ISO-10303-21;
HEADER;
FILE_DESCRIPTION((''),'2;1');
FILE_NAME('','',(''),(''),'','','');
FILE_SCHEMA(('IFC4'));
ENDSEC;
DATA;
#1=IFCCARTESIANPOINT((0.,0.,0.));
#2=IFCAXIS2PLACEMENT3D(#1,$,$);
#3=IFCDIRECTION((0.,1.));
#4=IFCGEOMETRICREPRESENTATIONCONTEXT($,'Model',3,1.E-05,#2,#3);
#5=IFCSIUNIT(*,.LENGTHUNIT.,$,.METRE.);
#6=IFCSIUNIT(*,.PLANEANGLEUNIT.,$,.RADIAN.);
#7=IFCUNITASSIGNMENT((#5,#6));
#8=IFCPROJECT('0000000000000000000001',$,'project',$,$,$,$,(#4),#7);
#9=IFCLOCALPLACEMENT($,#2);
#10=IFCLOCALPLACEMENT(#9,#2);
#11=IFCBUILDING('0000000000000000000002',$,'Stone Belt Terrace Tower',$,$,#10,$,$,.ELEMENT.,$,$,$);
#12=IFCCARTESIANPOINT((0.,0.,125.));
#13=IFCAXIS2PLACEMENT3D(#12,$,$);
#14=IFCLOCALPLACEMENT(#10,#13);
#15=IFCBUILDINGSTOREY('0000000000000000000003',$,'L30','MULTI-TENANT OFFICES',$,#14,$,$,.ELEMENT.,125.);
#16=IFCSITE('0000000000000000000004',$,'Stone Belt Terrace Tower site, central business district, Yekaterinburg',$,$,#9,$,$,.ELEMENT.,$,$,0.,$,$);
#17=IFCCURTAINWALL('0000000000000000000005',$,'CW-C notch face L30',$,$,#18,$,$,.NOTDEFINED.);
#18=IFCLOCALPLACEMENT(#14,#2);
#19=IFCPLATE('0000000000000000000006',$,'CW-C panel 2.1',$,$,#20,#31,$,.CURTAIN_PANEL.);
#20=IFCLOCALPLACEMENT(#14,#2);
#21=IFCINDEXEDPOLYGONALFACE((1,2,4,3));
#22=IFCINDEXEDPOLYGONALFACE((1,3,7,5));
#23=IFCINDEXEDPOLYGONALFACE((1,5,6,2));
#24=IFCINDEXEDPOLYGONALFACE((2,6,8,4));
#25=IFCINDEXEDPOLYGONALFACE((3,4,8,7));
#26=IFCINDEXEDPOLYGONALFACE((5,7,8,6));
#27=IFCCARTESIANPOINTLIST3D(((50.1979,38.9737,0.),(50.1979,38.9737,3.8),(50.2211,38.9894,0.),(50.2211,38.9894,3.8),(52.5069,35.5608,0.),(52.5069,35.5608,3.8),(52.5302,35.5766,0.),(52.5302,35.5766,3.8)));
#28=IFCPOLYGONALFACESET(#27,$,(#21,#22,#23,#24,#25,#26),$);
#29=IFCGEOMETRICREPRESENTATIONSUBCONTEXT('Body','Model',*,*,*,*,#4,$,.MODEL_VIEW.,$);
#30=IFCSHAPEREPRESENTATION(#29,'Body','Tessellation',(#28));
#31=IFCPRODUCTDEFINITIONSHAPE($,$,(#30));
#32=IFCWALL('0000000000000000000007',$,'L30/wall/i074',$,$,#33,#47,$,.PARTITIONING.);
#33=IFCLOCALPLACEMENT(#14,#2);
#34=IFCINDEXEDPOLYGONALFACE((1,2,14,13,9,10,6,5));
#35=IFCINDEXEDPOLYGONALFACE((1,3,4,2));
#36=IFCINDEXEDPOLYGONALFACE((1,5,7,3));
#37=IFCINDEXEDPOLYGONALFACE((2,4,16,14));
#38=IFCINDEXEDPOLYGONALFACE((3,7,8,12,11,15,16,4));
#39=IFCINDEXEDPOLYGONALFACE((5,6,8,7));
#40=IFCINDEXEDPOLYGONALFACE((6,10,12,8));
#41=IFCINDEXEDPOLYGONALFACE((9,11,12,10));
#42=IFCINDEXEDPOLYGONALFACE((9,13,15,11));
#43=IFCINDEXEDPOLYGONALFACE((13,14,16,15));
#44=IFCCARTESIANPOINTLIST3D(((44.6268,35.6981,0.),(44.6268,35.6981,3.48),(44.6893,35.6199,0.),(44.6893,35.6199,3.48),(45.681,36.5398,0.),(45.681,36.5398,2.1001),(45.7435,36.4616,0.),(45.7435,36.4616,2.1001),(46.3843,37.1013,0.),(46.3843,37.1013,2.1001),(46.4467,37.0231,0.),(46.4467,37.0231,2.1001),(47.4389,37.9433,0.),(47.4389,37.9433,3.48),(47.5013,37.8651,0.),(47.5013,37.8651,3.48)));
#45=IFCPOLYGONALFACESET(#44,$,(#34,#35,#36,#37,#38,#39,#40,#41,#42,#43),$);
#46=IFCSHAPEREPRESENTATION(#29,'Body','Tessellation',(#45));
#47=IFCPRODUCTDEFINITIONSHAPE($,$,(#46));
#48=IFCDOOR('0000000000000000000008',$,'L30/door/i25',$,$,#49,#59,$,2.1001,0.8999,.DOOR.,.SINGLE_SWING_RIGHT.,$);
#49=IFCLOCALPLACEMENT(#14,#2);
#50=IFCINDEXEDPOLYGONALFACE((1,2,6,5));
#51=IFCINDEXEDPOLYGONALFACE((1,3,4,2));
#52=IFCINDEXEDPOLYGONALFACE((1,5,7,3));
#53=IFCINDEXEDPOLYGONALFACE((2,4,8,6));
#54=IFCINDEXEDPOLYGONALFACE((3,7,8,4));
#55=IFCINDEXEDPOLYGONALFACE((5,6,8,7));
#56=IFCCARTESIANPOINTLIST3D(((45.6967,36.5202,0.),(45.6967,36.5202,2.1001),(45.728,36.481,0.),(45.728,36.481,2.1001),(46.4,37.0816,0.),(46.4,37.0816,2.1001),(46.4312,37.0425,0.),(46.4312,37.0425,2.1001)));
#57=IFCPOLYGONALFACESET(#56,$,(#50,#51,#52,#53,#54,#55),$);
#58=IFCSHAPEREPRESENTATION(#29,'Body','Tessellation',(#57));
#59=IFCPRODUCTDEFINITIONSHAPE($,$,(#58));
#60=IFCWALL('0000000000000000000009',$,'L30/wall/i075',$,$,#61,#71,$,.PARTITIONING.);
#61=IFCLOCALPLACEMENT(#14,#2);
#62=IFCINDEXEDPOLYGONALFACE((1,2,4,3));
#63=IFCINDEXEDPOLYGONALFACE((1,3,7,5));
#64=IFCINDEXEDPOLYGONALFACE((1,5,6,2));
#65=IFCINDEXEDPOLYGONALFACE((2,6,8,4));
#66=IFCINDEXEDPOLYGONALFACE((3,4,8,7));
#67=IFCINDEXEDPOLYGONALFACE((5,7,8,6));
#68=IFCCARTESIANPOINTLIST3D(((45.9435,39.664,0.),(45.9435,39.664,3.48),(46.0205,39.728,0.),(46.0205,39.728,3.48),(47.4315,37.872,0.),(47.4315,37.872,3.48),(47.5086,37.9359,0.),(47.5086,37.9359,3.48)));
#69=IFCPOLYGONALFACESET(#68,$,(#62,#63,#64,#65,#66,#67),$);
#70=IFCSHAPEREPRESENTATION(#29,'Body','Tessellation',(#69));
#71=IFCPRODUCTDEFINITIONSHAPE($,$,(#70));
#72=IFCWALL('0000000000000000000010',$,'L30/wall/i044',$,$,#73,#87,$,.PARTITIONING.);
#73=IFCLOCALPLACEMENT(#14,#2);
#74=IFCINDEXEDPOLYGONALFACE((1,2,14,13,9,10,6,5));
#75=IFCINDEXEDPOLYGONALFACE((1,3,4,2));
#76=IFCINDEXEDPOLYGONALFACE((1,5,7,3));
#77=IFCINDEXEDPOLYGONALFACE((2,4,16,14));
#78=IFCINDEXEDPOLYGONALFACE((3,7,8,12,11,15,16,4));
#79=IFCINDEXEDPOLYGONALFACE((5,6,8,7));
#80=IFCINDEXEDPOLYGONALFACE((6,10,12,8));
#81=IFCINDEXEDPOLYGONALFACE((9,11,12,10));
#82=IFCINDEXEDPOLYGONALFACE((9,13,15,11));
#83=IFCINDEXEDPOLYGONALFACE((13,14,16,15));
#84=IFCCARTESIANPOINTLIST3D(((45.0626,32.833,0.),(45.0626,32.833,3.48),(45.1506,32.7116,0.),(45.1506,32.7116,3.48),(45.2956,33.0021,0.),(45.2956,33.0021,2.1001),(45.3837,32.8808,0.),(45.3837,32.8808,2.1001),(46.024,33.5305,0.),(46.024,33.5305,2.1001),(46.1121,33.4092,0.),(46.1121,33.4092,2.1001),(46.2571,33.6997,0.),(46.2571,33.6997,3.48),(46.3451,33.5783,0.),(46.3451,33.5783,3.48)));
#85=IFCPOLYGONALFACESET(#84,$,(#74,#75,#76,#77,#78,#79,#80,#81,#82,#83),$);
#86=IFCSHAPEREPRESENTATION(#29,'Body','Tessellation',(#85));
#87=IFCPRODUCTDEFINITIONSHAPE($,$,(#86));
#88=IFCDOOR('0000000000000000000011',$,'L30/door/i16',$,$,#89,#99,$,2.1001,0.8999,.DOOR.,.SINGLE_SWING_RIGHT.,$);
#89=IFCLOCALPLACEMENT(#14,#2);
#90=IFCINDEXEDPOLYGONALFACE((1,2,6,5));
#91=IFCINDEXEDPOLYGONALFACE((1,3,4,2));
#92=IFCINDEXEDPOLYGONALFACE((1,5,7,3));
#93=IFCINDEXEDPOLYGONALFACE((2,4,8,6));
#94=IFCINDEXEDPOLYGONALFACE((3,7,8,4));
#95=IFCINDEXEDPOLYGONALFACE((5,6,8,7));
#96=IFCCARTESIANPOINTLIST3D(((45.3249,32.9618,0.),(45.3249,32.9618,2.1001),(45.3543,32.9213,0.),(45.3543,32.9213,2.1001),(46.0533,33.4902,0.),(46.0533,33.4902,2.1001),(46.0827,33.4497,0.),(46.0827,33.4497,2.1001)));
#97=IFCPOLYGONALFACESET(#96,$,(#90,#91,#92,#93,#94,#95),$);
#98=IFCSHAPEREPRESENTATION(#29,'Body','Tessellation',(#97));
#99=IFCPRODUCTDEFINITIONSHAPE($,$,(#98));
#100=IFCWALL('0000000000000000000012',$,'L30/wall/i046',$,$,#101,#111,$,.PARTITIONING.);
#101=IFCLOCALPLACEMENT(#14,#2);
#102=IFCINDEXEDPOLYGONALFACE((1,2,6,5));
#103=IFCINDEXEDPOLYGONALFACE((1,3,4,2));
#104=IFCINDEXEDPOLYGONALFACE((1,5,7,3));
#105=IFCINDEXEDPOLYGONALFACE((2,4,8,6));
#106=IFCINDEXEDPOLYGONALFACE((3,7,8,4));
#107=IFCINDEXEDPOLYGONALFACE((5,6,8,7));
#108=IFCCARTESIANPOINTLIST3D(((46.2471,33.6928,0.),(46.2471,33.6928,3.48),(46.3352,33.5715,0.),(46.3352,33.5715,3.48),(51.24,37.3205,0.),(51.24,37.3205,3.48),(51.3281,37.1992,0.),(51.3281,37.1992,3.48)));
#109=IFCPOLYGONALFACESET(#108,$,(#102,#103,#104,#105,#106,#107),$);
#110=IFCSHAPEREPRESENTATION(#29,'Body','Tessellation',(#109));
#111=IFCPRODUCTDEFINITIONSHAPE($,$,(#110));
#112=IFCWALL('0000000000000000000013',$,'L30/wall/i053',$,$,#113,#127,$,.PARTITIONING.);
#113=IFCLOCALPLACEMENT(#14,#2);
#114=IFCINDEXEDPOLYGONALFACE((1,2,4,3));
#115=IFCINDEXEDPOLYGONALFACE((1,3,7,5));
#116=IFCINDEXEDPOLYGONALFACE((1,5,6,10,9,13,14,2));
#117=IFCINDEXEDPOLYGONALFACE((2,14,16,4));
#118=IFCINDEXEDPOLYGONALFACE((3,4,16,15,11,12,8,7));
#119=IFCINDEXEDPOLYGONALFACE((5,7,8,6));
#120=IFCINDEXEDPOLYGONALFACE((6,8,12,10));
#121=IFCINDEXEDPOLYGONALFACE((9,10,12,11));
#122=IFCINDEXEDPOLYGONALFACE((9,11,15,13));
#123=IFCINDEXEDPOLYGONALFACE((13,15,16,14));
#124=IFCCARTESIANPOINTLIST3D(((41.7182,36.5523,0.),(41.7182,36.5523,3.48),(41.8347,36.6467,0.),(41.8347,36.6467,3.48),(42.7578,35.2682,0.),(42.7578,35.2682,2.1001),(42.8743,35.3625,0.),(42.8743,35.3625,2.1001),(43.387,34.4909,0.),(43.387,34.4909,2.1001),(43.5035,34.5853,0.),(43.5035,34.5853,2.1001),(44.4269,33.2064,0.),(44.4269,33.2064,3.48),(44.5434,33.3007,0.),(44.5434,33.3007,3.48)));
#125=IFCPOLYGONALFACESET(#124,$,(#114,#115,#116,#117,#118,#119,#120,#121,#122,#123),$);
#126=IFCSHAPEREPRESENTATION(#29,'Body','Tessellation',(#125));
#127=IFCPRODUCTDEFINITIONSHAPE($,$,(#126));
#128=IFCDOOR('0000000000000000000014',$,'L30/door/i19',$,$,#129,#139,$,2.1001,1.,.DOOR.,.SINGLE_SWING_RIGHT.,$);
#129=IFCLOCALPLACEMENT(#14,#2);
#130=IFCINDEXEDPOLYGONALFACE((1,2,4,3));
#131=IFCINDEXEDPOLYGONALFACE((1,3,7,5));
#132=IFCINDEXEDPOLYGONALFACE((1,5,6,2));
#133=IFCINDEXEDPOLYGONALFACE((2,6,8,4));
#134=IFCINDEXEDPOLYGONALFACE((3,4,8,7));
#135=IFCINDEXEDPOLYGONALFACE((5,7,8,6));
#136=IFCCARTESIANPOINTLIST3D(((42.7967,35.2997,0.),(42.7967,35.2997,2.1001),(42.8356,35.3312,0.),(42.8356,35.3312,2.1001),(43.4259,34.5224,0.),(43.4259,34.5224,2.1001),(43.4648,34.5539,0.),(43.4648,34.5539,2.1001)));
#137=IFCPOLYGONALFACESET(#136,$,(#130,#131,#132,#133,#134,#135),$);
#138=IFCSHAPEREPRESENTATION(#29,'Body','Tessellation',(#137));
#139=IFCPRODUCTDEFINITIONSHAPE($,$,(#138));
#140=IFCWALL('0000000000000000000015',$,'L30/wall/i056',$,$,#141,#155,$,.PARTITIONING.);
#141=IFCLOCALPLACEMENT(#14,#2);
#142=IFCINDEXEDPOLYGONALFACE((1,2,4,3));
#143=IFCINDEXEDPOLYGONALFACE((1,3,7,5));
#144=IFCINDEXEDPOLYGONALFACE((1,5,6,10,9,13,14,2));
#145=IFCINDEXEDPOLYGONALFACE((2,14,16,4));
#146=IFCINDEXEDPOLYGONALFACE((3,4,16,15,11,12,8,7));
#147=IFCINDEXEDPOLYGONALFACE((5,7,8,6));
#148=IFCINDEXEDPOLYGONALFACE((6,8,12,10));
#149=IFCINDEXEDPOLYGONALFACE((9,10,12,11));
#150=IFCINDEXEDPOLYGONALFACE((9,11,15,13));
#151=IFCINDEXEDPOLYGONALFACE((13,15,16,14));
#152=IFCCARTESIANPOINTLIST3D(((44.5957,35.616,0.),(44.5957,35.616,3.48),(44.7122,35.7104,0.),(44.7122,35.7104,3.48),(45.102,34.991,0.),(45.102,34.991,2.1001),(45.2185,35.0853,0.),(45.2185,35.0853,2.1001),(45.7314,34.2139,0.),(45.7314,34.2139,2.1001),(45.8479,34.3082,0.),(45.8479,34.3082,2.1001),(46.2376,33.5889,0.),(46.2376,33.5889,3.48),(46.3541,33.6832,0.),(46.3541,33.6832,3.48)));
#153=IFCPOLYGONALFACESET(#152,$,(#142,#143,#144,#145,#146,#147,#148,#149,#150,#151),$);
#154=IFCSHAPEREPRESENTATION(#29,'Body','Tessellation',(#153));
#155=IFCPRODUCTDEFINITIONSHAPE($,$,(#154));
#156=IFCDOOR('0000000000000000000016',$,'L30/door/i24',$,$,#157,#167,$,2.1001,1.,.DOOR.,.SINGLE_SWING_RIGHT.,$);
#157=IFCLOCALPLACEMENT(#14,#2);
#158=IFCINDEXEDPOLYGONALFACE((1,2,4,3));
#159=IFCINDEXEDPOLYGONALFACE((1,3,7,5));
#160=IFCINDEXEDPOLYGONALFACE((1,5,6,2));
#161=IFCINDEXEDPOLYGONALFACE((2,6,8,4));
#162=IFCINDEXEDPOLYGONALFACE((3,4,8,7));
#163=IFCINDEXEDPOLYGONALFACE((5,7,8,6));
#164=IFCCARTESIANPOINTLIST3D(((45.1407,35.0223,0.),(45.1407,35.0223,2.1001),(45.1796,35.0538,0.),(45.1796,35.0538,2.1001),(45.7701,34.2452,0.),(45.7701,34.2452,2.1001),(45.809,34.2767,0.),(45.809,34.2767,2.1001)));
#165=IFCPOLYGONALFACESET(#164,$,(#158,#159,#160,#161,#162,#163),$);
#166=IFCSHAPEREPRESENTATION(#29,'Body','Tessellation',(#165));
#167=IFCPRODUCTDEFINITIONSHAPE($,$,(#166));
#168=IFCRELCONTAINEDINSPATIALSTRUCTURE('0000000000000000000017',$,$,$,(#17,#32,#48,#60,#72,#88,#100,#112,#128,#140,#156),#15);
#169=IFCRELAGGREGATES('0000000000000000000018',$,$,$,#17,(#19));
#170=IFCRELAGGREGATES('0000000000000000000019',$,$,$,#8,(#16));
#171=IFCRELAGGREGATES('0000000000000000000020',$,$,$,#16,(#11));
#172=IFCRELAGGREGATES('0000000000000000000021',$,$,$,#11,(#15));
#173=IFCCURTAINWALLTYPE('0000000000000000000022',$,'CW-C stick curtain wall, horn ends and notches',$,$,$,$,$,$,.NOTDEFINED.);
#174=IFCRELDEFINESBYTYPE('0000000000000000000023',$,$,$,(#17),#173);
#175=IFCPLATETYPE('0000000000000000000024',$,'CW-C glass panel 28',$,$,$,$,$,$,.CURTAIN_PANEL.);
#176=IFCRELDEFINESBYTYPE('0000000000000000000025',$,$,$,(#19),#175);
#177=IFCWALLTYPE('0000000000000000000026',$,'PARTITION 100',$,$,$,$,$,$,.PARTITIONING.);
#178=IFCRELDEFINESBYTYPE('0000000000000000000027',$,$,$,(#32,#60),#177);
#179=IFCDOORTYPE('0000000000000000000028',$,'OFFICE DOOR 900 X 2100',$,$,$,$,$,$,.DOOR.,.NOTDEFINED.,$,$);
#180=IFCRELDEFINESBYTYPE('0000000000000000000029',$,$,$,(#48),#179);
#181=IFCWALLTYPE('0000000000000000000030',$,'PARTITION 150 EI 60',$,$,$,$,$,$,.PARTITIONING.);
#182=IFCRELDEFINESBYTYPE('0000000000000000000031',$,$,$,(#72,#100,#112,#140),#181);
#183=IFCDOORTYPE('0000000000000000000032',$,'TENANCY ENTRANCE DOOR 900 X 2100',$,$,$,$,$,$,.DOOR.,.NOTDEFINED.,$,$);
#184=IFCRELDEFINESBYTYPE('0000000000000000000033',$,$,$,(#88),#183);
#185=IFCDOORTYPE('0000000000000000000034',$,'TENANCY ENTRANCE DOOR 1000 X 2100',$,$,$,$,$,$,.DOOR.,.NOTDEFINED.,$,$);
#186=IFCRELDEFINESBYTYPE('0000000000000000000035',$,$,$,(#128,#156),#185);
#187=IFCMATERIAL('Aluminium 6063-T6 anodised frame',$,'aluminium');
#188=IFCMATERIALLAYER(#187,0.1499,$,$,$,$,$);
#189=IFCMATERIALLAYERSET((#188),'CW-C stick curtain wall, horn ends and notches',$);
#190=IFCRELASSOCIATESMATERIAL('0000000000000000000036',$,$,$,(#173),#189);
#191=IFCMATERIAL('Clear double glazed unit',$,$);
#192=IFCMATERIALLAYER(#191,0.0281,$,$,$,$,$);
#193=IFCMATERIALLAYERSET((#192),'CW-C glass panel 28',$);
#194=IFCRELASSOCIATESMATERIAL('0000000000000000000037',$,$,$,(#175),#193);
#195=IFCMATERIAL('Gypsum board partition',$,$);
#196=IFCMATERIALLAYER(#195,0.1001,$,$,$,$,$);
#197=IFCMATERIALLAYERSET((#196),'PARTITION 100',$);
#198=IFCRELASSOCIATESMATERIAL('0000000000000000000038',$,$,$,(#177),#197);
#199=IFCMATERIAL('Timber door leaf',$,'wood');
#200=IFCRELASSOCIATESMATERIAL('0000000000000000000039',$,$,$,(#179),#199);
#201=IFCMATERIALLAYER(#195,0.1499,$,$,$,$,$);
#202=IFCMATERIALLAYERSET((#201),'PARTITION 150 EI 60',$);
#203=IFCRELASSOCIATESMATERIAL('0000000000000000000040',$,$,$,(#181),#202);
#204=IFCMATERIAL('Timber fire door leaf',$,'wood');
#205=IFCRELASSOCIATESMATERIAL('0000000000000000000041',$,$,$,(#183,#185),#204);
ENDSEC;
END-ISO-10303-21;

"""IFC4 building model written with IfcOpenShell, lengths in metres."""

from ifc_helpers import new_model, si_unit, direction, frame, frame_2d, origin, origin_2d, place, context, subcontext, project, spatial, rectangle, extrude, material, layer, layer_set, type_object, element, fill, aggregate, save


model = new_model("IFC4")

# Units and contexts
model_context = context("Model", 3, precision=1e-05, world=origin(), true_north=direction((0.0, 1.0)))
body_context = subcontext(model_context, "Body", "Model", "MODEL_VIEW")
ifc_project = project(units=[si_unit("LENGTHUNIT", "METRE"), si_unit("PLANEANGLEUNIT", "RADIAN")], contexts=[model_context])

# Site, building, storey
site_placement = place(None, origin())
site = spatial("IfcSite", under=ifc_project, at=site_placement, Name="Stone Belt Terrace Tower site, central business district, Yekaterinburg", CompositionType="ELEMENT", RefElevation=0.0)
building_placement = place(site_placement, origin())
building = spatial("IfcBuilding", under=site, at=building_placement, Name="Stone Belt Terrace Tower", CompositionType="ELEMENT")
storey_placement = place(building_placement, frame((0.0, 0.0, 125.0)))
storey = spatial("IfcBuildingStorey", under=building, at=storey_placement, Name="L30", Description="MULTI-TENANT OFFICES", CompositionType="ELEMENT", Elevation=125.0)

# Curtain wall
ifc_material_1 = material(Name="Aluminium 6063-T6 anodised frame", Category="aluminium")
ifc_layer_1 = layer(ifc_material_1, 0.1499)
ifc_layer_set_1 = layer_set([ifc_layer_1], Name="CW-C stick curtain wall, horn ends and notches")
curtain_wall_type = type_object("IfcCurtainWallType", Name="CW-C stick curtain wall, horn ends and notches", PredefinedType="NOTDEFINED", material=ifc_layer_set_1)
curtain_wall_1_placement = place(storey_placement, origin())
curtain_wall_1 = element("IfcCurtainWall", 1, at=curtain_wall_1_placement, inside=storey, type_object=curtain_wall_type, Name="CW-C notch face L30", PredefinedType="NOTDEFINED")

# Plate
ifc_material_2 = material(Name="Clear double glazed unit")
ifc_layer_2 = layer(ifc_material_2, 0.0281)
ifc_layer_set_2 = layer_set([ifc_layer_2], Name="CW-C glass panel 28")
plate_type = type_object("IfcPlateType", Name="CW-C glass panel 28", PredefinedType="CURTAIN_PANEL", material=ifc_layer_set_2)
plate_1_placement = place(storey_placement, frame((51.364, 37.2751, 0.0), z_axis=(0.0, 0.0, 1.0), x_axis=(-0.560367, 0.828244, 0.0)))
plate_1 = element("IfcPlate", 2, at=plate_1_placement, type_object=plate_type, Name="CW-C panel 2.1", PredefinedType="CURTAIN_PANEL", context=body_context, shape_type="SweptSolid", body=[
    extrude(rectangle(XDim=4.1206, YDim=0.0281, at=origin_2d()), origin(), (0.0, 0.0, 1.0), 3.8),
])
aggregate(curtain_wall_1, [plate_1])

# Wall, opening, door
ifc_material_3 = material(Name="Gypsum board partition")
ifc_layer_3 = layer(ifc_material_3, 0.1001)
ifc_layer_set_3 = layer_set([ifc_layer_3], Name="PARTITION 100")
wall_type_1 = type_object("IfcWallType", Name="PARTITION 100", PredefinedType="PARTITIONING", material=ifc_layer_set_3)
wall_1_placement = place(storey_placement, frame((44.658, 35.6589, 0.0), z_axis=(0.0, 0.0, 1.0), x_axis=(0.781477, 0.623934, 0.0)))
wall_1 = element("IfcWall", 3, at=wall_1_placement, inside=storey, type_object=wall_type_1, Name="L30/wall/i074", PredefinedType="PARTITIONING", context=body_context, shape_type="SweptSolid", body=[
    extrude(rectangle(XDim=3.5984, YDim=0.1001, at=frame_2d((1.7993, 0.0))), origin(), (0.0, 0.0, 1.0), 3.48),
])
opening_1_placement = place(wall_1_placement, frame((1.3491, 0.0, 0.0)))
opening_1 = element("IfcOpeningElement", 4, at=opening_1_placement, cuts=wall_1, PredefinedType="OPENING", context=body_context, shape_type="SweptSolid", body=[
    extrude(rectangle(XDim=0.8999, YDim=2.1001, at=frame_2d((0.45, 1.05))), frame((0.0, 0.0601, 0.0), z_axis=(0.0, -1.0, 0.0), x_axis=(1.0, 0.0, 0.0)), (0.0, 0.0, 1.0), 0.1201),
])
ifc_material_4 = material(Name="Timber door leaf", Category="wood")
door_type_1 = type_object("IfcDoorType", Name="OFFICE DOOR 900 X 2100", OperationType="NOTDEFINED", PredefinedType="DOOR", material=ifc_material_4)
door_1_placement = place(opening_1_placement, origin())
door_1 = element("IfcDoor", 5, at=door_1_placement, inside=storey, type_object=door_type_1, Name="L30/door/i25", OperationType="SINGLE_SWING_RIGHT", OverallHeight=2.1001, OverallWidth=0.8999, PredefinedType="DOOR", context=body_context, shape_type="SweptSolid", body=[
    extrude(rectangle(XDim=0.8999, YDim=2.1001, at=frame_2d((0.45, 1.05))), frame((0.0, 0.0249, 0.0), z_axis=(0.0, -1.0, 0.0), x_axis=(1.0, 0.0, 0.0)), (0.0, 0.0, 1.0), 0.05),
])
fill(opening_1, door_1)

# Wall
wall_2_placement = place(storey_placement, frame((47.47, 37.9041, 0.0), z_axis=(0.0, 0.0, 1.0), x_axis=(-0.638843, 0.769337, 0.0)))
element("IfcWall", 6, at=wall_2_placement, inside=storey, type_object=wall_type_1, Name="L30/wall/i075", PredefinedType="PARTITIONING", context=body_context, shape_type="SweptSolid", body=[
    extrude(rectangle(XDim=2.3293, YDim=0.1001, at=frame_2d((1.1646, 0.0))), origin(), (0.0, 0.0, 1.0), 3.48),
])

# Wall, opening, door
ifc_layer_4 = layer(ifc_material_3, 0.1499)
ifc_layer_set_4 = layer_set([ifc_layer_4], Name="PARTITION 150 EI 60")
wall_type_2 = type_object("IfcWallType", Name="PARTITION 150 EI 60", PredefinedType="PARTITIONING", material=ifc_layer_set_4)
wall_3_placement = place(storey_placement, frame((46.301, 33.6389, 0.0), z_axis=(0.0, 0.0, 1.0), x_axis=(-0.809408, -0.587247, 0.0)))
wall_3 = element("IfcWall", 7, at=wall_3_placement, inside=storey, type_object=wall_type_2, Name="L30/wall/i044", PredefinedType="PARTITIONING", context=body_context, shape_type="SweptSolid", body=[
    extrude(rectangle(XDim=1.4758, YDim=0.1499, at=frame_2d((0.7378, 0.0))), origin(), (0.0, 0.0, 1.0), 3.48),
])
opening_2_placement = place(wall_3_placement, frame((0.2878, 0.0, 0.0)))
opening_2 = element("IfcOpeningElement", 8, at=opening_2_placement, cuts=wall_3, PredefinedType="OPENING", context=body_context, shape_type="SweptSolid", body=[
    extrude(rectangle(XDim=0.8999, YDim=2.1001, at=frame_2d((0.45, 1.05))), frame((0.0, 0.085, 0.0), z_axis=(0.0, -1.0, 0.0), x_axis=(1.0, 0.0, 0.0)), (0.0, 0.0, 1.0), 0.1699),
])
ifc_material_5 = material(Name="Timber fire door leaf", Category="wood")
door_type_2 = type_object("IfcDoorType", Name="TENANCY ENTRANCE DOOR 900 X 2100", OperationType="NOTDEFINED", PredefinedType="DOOR", material=ifc_material_5)
door_2_placement = place(opening_2_placement, origin())
door_2 = element("IfcDoor", 9, at=door_2_placement, inside=storey, type_object=door_type_2, Name="L30/door/i16", OperationType="SINGLE_SWING_RIGHT", OverallHeight=2.1001, OverallWidth=0.8999, PredefinedType="DOOR", context=body_context, shape_type="SweptSolid", body=[
    extrude(rectangle(XDim=0.8999, YDim=2.1001, at=frame_2d((0.45, 1.05))), frame((0.0, 0.0249, 0.0), z_axis=(0.0, -1.0, 0.0), x_axis=(1.0, 0.0, 0.0)), (0.0, 0.0, 1.0), 0.05),
])
fill(opening_2, door_2)

# Wall
wall_4_placement = place(storey_placement, frame((46.291, 33.6321, 0.0), z_axis=(0.0, 0.0, 1.0), x_axis=(0.809008, 0.587798, 0.0)))
element("IfcWall", 10, at=wall_4_placement, inside=storey, type_object=wall_type_2, Name="L30/wall/i046", PredefinedType="PARTITIONING", context=body_context, shape_type="SweptSolid", body=[
    extrude(rectangle(XDim=6.1716, YDim=0.1499, at=frame_2d((3.0859, 0.0))), origin(), (0.0, 0.0, 1.0), 3.48),
])

# Walls, openings, doors
wall_5_placement = place(storey_placement, frame((44.4851, 33.2537, 0.0), z_axis=(0.0, 0.0, 1.0), x_axis=(-0.629215, 0.777232, 0.0)))
wall_5 = element("IfcWall", 11, at=wall_5_placement, inside=storey, type_object=wall_type_2, Name="L30/wall/i053", PredefinedType="PARTITIONING", context=body_context, shape_type="SweptSolid", body=[
    extrude(rectangle(XDim=4.3049, YDim=0.1499, at=frame_2d((2.1523, 0.0))), origin(), (0.0, 0.0, 1.0), 3.48),
])
opening_3_placement = place(wall_5_placement, frame((1.6526, 0.0, 0.0)))
opening_3 = element("IfcOpeningElement", 12, at=opening_3_placement, cuts=wall_5, PredefinedType="OPENING", context=body_context, shape_type="SweptSolid", body=[
    extrude(rectangle(XDim=1.0, YDim=2.1001, at=frame_2d((0.5, 1.05))), frame((0.0, 0.085, 0.0), z_axis=(0.0, -1.0, 0.0), x_axis=(1.0, 0.0, 0.0)), (0.0, 0.0, 1.0), 0.1699),
])
door_type_3 = type_object("IfcDoorType", Name="TENANCY ENTRANCE DOOR 1000 X 2100", OperationType="NOTDEFINED", PredefinedType="DOOR", material=ifc_material_5)
door_3_placement = place(opening_3_placement, origin())
door_3 = element("IfcDoor", 13, at=door_3_placement, inside=storey, type_object=door_type_3, Name="L30/door/i19", OperationType="SINGLE_SWING_RIGHT", OverallHeight=2.1001, OverallWidth=1.0, PredefinedType="DOOR", context=body_context, shape_type="SweptSolid", body=[
    extrude(rectangle(XDim=1.0, YDim=2.1001, at=frame_2d((0.5, 1.05))), frame((0.0, 0.0249, 0.0), z_axis=(0.0, -1.0, 0.0), x_axis=(1.0, 0.0, 0.0)), (0.0, 0.0, 1.0), 0.05),
])
fill(opening_3, door_3)
wall_6_placement = place(storey_placement, frame((44.6541, 35.6631, 0.0), z_axis=(0.0, 0.0, 1.0), x_axis=(0.629397, -0.777084, 0.0)))
wall_6 = element("IfcWall", 14, at=wall_6_placement, inside=storey, type_object=wall_type_2, Name="L30/wall/i056", PredefinedType="PARTITIONING", context=body_context, shape_type="SweptSolid", body=[
    extrude(rectangle(XDim=2.6086, YDim=0.1499, at=frame_2d((1.3042, 0.0))), origin(), (0.0, 0.0, 1.0), 3.48),
])
opening_4_placement = place(wall_6_placement, frame((0.8042, 0.0, 0.0)))
opening_4 = element("IfcOpeningElement", 15, at=opening_4_placement, cuts=wall_6, PredefinedType="OPENING", context=body_context, shape_type="SweptSolid", body=[
    extrude(rectangle(XDim=1.0, YDim=2.1001, at=frame_2d((0.5, 1.05))), frame((0.0, 0.085, 0.0), z_axis=(0.0, -1.0, 0.0), x_axis=(1.0, 0.0, 0.0)), (0.0, 0.0, 1.0), 0.1699),
])
door_4_placement = place(opening_4_placement, origin())
door_4 = element("IfcDoor", 16, at=door_4_placement, inside=storey, type_object=door_type_3, Name="L30/door/i24", OperationType="SINGLE_SWING_RIGHT", OverallHeight=2.1001, OverallWidth=1.0, PredefinedType="DOOR", context=body_context, shape_type="SweptSolid", body=[
    extrude(rectangle(XDim=1.0, YDim=2.1001, at=frame_2d((0.5, 1.05))), frame((0.0, 0.0249, 0.0), z_axis=(0.0, -1.0, 0.0), x_axis=(1.0, 0.0, 0.0)), (0.0, 0.0, 1.0), 0.05),
])
fill(opening_4, door_4)

save(model, "model.ifc")
